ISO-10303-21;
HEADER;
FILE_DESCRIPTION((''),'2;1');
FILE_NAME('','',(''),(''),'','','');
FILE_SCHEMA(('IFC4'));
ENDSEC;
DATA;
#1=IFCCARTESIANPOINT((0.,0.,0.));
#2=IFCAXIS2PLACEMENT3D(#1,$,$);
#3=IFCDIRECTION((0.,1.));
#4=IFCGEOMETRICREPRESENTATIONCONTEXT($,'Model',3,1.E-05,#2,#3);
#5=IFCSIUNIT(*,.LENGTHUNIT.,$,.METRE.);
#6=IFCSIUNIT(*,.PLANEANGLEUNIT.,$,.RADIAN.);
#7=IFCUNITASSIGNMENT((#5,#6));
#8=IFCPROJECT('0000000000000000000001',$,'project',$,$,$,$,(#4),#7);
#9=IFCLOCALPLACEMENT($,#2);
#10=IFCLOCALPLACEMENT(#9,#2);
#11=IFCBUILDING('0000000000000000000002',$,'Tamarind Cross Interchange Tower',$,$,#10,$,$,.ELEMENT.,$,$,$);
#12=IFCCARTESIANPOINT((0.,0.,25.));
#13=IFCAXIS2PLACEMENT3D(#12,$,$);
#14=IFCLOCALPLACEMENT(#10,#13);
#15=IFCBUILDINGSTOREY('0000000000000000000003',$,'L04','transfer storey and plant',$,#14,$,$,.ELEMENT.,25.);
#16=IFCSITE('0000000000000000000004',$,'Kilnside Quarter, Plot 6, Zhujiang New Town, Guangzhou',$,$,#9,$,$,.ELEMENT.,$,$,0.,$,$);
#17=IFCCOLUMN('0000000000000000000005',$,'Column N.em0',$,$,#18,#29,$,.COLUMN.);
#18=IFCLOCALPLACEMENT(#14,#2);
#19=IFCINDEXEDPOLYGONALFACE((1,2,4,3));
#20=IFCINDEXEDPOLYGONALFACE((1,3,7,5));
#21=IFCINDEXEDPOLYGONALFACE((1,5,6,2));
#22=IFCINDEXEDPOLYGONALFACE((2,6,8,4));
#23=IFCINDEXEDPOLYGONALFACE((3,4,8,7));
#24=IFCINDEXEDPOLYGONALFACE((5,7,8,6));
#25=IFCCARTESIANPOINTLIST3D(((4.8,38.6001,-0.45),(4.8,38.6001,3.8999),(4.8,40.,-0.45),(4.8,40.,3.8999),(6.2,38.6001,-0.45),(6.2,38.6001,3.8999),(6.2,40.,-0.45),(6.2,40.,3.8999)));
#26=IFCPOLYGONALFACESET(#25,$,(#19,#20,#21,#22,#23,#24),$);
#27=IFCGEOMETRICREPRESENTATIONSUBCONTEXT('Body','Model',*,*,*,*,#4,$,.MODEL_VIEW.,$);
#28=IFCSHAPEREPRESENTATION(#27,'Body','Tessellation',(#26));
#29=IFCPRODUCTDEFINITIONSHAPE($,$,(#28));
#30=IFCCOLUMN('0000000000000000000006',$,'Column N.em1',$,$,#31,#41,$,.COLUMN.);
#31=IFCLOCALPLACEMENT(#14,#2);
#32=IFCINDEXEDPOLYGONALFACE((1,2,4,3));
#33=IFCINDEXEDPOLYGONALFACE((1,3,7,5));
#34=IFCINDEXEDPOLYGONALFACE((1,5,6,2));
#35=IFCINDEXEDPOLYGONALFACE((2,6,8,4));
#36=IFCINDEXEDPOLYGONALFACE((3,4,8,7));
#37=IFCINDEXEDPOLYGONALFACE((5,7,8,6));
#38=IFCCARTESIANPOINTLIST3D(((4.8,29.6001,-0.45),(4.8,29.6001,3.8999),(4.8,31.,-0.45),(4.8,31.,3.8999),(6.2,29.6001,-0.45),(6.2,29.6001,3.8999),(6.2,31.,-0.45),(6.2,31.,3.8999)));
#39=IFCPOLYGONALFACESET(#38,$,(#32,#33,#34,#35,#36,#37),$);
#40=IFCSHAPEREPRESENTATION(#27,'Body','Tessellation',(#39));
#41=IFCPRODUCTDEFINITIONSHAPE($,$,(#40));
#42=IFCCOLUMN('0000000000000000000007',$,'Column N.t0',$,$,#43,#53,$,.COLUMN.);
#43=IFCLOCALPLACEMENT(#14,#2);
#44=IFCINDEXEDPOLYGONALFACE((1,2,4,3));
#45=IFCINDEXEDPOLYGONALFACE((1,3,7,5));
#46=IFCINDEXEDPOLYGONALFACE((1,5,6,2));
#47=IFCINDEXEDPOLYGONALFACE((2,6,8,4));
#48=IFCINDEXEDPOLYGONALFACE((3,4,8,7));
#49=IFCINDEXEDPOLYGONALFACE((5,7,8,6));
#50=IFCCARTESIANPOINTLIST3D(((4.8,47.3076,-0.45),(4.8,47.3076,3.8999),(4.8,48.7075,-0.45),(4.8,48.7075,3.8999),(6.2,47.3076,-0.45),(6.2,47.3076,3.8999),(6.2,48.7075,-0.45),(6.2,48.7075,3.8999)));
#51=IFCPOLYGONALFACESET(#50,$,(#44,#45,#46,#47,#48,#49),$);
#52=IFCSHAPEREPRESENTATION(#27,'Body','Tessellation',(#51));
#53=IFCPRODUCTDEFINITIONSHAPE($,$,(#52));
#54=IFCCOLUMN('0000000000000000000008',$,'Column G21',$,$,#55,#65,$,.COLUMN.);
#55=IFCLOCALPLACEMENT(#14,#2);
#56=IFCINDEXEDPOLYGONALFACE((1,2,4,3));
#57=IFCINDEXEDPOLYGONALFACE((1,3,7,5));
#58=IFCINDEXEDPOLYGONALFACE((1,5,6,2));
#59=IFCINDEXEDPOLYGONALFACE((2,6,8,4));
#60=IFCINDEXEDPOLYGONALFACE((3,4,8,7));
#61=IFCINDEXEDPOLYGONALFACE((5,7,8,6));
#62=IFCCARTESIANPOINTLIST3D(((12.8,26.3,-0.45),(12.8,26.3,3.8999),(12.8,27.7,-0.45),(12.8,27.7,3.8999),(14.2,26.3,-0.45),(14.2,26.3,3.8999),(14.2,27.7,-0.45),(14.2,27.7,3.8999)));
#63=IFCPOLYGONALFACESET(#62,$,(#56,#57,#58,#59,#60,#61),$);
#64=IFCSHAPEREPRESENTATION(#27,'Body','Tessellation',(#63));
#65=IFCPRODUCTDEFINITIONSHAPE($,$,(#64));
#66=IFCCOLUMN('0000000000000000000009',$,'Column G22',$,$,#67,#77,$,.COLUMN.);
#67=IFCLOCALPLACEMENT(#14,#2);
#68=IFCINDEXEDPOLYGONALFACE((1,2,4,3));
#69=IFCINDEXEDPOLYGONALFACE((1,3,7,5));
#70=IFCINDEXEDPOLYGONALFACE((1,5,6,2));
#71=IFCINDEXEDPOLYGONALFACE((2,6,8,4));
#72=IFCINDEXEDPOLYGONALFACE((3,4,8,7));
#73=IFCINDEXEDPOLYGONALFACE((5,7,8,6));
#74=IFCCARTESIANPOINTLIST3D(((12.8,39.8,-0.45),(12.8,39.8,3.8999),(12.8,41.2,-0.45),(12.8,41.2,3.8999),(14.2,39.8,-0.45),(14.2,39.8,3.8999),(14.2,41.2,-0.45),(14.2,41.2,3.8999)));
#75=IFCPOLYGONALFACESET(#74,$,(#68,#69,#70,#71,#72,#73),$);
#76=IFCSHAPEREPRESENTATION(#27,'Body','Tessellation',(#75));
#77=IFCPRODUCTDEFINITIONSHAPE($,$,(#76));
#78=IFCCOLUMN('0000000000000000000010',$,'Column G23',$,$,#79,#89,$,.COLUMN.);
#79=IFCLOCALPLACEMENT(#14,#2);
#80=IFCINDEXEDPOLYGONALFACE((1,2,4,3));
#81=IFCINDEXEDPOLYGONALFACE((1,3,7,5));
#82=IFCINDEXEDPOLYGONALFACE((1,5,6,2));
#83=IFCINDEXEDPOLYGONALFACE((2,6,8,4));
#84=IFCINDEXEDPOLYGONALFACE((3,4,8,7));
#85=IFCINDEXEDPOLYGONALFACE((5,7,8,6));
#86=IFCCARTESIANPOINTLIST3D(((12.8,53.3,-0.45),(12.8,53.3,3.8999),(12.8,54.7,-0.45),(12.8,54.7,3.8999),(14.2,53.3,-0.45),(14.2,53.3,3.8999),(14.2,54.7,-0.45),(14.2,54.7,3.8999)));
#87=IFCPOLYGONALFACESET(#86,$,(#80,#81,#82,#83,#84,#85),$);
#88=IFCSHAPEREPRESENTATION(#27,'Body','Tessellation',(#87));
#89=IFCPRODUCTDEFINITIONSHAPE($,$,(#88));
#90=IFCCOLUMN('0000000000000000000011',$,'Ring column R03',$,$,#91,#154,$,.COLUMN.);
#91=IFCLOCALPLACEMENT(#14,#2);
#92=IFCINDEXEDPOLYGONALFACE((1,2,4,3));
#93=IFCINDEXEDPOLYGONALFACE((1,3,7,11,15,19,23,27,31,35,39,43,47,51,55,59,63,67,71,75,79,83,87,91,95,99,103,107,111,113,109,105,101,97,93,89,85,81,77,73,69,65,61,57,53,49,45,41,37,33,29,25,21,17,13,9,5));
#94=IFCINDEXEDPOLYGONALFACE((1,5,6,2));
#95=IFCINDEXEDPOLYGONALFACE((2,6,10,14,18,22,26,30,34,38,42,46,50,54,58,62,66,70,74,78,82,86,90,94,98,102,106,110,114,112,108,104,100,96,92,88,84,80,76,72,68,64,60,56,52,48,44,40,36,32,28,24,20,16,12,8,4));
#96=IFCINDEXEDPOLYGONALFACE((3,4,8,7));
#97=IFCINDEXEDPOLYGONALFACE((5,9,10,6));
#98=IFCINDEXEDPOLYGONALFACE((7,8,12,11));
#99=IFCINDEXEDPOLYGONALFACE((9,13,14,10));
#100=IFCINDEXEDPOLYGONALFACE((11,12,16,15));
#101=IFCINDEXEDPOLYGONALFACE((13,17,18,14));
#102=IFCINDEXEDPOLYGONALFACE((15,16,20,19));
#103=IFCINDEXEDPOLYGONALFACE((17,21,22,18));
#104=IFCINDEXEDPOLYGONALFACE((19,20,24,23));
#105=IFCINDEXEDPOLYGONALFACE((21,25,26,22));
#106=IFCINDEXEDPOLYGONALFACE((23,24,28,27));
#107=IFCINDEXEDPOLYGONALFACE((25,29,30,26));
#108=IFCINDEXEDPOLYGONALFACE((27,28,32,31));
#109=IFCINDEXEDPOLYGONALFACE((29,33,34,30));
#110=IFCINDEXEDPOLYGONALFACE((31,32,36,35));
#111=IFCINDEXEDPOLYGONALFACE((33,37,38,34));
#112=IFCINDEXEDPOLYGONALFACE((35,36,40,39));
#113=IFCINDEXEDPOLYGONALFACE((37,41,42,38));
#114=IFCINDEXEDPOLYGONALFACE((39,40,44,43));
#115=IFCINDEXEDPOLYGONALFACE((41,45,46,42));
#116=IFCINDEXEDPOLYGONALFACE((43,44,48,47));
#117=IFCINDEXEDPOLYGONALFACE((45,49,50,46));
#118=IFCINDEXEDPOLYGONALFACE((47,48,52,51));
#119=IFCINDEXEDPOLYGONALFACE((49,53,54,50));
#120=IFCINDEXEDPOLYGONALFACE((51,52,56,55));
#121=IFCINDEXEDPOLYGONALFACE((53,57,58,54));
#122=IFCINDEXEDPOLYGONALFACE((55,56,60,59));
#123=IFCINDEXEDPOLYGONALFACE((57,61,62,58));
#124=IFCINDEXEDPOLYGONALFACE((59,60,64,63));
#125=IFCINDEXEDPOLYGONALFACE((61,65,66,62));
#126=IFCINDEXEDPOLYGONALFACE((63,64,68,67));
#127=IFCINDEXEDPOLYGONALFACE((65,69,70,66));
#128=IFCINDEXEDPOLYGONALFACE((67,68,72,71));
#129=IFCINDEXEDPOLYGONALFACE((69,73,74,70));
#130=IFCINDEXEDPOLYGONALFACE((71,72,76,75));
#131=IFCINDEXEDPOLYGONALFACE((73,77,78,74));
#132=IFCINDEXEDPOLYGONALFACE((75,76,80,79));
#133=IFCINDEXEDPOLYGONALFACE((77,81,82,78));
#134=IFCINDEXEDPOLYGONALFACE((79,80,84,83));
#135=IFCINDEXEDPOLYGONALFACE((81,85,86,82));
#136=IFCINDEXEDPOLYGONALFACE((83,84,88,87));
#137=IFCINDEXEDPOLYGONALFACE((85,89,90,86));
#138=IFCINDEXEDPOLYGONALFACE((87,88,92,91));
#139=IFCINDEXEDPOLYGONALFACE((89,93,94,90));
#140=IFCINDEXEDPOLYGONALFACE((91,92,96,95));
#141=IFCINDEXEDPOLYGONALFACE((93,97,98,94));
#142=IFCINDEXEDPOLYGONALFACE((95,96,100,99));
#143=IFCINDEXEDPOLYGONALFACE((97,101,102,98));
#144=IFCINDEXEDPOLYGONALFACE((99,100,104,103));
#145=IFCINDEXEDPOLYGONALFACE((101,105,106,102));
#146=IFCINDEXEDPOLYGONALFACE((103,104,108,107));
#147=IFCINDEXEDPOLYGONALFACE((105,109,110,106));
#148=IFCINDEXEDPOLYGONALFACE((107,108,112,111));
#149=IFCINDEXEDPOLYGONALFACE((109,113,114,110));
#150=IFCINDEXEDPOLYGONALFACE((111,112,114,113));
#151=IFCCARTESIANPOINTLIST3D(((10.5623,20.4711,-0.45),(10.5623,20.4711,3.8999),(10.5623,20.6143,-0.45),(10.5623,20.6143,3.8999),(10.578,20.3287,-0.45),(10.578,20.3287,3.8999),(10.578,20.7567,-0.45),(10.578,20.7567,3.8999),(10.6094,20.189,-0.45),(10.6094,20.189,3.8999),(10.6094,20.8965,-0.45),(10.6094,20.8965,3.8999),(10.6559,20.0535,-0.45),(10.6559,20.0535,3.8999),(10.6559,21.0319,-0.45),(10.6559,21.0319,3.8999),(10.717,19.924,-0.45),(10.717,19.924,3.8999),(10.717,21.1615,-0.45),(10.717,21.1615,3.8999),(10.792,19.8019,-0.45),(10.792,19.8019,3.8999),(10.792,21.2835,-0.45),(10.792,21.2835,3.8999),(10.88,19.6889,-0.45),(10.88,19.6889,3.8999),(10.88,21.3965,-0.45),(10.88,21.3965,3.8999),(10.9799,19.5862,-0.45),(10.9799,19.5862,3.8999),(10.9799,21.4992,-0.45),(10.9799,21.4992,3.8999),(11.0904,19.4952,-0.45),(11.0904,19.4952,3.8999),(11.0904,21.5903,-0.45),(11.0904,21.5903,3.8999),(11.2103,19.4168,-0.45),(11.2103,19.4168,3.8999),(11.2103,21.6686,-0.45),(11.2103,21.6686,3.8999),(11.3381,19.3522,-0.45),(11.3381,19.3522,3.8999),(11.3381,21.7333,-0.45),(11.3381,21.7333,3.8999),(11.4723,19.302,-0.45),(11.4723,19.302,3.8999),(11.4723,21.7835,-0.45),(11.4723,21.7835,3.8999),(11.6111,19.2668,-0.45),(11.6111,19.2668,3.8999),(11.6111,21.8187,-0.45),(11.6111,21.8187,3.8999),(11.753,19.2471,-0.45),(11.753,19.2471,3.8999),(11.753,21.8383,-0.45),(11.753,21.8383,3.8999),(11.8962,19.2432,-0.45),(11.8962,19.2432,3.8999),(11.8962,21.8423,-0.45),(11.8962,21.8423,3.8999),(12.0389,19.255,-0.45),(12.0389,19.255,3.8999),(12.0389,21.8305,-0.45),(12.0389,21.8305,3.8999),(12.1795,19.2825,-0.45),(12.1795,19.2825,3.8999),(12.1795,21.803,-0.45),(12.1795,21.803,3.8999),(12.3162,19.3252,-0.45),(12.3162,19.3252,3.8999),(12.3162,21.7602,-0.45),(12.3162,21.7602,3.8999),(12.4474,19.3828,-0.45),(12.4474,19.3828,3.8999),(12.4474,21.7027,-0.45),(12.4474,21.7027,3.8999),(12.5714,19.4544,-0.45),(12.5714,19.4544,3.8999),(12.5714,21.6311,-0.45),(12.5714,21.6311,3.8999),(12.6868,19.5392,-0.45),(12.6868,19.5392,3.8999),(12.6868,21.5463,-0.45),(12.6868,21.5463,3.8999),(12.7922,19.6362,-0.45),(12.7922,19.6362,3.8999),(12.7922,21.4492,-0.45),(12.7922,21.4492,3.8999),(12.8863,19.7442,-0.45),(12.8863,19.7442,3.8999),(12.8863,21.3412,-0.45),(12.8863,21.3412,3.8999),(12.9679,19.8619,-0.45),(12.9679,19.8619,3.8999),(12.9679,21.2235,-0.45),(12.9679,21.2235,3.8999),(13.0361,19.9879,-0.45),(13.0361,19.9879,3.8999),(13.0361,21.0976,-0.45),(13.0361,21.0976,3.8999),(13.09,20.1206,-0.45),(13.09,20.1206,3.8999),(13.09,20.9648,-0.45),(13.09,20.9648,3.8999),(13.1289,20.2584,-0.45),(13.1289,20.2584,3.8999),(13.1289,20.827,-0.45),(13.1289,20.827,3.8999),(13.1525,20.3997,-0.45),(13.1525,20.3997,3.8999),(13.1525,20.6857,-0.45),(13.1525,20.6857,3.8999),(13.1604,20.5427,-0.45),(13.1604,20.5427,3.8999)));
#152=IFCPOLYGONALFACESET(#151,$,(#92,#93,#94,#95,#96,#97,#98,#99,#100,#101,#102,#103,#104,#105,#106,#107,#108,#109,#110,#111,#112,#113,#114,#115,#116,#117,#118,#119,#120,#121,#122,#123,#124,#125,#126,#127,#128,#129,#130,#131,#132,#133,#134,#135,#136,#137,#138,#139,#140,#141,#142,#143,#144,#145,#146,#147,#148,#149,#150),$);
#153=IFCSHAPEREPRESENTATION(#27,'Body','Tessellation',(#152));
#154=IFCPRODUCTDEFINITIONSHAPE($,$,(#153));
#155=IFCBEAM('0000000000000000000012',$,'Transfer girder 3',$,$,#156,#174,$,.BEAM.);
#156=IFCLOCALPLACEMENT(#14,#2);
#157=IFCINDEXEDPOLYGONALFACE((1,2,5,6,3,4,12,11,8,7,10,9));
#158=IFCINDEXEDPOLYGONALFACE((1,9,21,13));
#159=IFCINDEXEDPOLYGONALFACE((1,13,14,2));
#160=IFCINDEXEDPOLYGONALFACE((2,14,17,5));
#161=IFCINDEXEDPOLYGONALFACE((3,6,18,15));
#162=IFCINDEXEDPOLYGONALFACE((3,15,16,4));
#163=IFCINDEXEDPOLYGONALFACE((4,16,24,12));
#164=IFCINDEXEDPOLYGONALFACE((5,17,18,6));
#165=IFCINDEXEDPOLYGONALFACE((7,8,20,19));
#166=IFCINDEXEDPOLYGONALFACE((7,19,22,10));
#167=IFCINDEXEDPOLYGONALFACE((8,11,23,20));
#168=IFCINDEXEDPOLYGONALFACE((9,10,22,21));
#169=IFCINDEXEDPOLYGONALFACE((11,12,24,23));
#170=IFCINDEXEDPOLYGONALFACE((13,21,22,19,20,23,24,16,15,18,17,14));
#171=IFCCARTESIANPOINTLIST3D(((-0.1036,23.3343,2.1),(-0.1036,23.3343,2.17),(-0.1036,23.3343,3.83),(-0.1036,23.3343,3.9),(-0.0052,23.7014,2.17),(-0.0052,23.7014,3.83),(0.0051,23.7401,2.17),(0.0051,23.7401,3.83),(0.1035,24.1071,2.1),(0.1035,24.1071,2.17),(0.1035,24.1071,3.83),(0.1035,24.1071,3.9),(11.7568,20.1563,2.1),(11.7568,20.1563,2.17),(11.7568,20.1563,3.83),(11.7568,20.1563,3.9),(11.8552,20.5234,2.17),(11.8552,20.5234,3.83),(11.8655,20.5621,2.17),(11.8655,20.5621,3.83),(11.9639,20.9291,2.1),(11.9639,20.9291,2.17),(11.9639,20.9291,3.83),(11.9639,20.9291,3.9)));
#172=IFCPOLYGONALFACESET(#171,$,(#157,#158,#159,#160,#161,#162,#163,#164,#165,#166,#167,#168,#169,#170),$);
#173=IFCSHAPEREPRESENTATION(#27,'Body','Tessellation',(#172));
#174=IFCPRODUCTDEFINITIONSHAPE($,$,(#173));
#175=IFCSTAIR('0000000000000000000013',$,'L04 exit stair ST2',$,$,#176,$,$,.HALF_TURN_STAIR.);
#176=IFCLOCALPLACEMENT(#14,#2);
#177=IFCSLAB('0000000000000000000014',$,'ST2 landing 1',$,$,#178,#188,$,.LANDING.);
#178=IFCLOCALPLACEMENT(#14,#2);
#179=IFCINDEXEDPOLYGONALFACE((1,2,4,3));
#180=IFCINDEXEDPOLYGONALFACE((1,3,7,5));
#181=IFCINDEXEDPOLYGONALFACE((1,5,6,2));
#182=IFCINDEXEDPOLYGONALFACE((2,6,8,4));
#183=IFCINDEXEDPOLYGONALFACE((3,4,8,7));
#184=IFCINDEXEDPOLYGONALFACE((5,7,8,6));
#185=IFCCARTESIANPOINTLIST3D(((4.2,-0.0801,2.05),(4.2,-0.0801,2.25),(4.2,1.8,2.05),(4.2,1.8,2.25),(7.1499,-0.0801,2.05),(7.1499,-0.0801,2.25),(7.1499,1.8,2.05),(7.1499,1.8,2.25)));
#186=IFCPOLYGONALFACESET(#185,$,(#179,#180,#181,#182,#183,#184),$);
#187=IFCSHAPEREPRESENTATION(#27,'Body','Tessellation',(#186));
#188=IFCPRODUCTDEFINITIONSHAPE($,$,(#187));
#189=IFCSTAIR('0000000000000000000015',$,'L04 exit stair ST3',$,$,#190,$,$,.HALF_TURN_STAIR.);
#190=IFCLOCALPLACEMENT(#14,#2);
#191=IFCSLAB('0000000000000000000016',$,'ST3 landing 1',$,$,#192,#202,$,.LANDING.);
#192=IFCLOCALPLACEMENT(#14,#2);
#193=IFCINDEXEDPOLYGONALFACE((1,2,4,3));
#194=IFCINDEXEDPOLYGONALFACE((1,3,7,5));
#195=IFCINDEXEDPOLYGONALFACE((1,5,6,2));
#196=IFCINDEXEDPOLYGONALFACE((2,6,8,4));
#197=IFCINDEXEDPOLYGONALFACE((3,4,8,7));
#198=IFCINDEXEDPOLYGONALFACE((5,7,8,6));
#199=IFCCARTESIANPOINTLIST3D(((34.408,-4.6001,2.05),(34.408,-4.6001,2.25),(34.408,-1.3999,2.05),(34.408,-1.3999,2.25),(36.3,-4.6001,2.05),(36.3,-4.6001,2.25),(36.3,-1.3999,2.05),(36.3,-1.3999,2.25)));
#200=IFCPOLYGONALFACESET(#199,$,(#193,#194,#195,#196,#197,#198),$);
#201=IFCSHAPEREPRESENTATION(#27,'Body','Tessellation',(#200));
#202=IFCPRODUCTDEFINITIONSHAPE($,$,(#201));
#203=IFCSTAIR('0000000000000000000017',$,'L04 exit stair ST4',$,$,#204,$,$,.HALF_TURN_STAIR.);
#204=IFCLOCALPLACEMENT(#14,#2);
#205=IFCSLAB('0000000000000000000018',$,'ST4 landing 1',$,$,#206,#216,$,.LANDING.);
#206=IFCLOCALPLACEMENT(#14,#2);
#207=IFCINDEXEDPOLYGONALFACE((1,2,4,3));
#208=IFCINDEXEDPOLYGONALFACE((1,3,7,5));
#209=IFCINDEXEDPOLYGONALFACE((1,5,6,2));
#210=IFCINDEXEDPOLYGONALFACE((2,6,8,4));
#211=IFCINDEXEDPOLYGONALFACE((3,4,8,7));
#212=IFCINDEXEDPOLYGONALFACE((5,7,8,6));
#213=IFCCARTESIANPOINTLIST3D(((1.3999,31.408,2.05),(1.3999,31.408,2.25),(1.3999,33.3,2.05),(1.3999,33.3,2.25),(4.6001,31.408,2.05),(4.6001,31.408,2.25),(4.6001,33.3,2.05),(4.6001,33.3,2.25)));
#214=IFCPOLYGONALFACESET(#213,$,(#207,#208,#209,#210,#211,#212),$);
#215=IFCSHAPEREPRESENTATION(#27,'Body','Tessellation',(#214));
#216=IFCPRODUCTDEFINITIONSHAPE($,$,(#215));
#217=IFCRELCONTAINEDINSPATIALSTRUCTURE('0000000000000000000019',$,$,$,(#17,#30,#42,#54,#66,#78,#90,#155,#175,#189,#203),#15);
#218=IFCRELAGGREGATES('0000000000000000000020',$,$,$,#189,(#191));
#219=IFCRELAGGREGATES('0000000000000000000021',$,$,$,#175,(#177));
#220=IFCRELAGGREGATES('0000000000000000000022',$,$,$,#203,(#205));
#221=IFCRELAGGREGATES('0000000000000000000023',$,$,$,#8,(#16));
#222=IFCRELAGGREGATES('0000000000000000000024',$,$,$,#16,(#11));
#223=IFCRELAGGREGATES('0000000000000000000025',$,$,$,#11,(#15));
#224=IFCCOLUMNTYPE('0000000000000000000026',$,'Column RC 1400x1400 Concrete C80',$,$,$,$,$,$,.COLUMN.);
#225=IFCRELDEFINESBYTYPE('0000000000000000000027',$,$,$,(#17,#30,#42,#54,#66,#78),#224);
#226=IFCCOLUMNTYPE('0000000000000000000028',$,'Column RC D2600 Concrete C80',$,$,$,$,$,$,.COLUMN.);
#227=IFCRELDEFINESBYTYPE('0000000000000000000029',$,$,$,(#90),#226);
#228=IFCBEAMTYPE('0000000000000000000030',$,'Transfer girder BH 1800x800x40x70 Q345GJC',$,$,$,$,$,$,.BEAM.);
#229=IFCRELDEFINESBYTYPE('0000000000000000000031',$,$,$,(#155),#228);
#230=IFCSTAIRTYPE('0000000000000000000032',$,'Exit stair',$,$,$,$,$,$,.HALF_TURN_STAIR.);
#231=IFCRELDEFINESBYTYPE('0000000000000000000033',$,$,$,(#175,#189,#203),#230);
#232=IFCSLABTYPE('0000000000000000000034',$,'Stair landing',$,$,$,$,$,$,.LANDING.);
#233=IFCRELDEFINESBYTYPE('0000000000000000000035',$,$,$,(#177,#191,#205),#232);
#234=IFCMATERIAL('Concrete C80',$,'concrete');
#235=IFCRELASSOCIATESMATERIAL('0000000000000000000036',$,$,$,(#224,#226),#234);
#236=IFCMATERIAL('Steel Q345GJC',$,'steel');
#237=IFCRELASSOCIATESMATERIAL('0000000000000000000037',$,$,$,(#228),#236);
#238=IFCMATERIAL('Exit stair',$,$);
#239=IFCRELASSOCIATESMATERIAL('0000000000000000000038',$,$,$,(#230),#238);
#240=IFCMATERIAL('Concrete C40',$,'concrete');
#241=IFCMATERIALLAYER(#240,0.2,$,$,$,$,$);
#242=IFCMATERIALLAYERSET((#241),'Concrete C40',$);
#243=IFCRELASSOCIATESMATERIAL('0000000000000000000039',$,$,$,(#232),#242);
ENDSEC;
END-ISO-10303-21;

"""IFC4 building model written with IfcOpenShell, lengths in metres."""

from ifc_helpers import new_model, si_unit, direction, frame, origin, origin_2d, place, context, subcontext, project, spatial, polyline, rectangle, circle, i_section, outline, extrude, material, layer, layer_set, material_profile, profile_set, type_object, element, aggregate, save


model = new_model("IFC4")

# Units and contexts
model_context = context("Model", 3, precision=1e-05, world=origin(), true_north=direction((0.0, 1.0)))
body_context = subcontext(model_context, "Body", "Model", "MODEL_VIEW")
ifc_project = project(units=[si_unit("LENGTHUNIT", "METRE"), si_unit("PLANEANGLEUNIT", "RADIAN")], contexts=[model_context])

# Site, building, storey
site_placement = place(None, origin())
site = spatial("IfcSite", under=ifc_project, at=site_placement, Name="Kilnside Quarter, Plot 6, Zhujiang New Town, Guangzhou", CompositionType="ELEMENT", RefElevation=0.0)
building_placement = place(site_placement, origin())
building = spatial("IfcBuilding", under=site, at=building_placement, Name="Tamarind Cross Interchange Tower", CompositionType="ELEMENT")
storey_placement = place(building_placement, frame((0.0, 0.0, 25.0)))
storey = spatial("IfcBuildingStorey", under=building, at=storey_placement, Name="L04", Description="transfer storey and plant", CompositionType="ELEMENT", Elevation=25.0)

# Columns
ifc_material_1 = material(Name="Concrete C80", Category="concrete")
ifc_material_profile_1 = material_profile(ifc_material_1, rectangle(XDim=1.3999, YDim=1.3999, at=origin_2d()), Name="RC 1400x1400")
ifc_profile_set_1 = profile_set([ifc_material_profile_1], Name="Concrete C80")
column_type_1 = type_object("IfcColumnType", Name="Column RC 1400x1400 Concrete C80", PredefinedType="COLUMN", material=ifc_profile_set_1)
for number, where, z_axis, x_axis, name in (
    (1, (5.5, 39.3, -0.45), (0.0, 0.0, 1.0), (1.0, 0.0, 0.0), "Column N.em0"),
    (2, (5.5, 30.3, -0.45), (0.0, 0.0, 1.0), (1.0, 0.0, 0.0), "Column N.em1"),
    (3, (5.5, 48.0076, -0.45), (0.0, 0.0, 1.0), (1.0, 0.0, 0.0), "Column N.t0"),
    (4, (13.5, 27.0, -0.45), (0.0, 0.0, 1.0), (1.0, 0.0, 0.0), "Column G21"),
    (5, (13.5, 40.5, -0.45), (0.0, 0.0, 1.0), (1.0, 0.0, 0.0), "Column G22"),
    (6, (13.5, 54.0, -0.45), (0.0, 0.0, 1.0), (1.0, 0.0, 0.0), "Column G23"),
):
    element("IfcColumn", number, at=place(storey_placement, frame(where, z_axis=z_axis, x_axis=x_axis)), inside=storey, type_object=column_type_1, Name=name, PredefinedType="COLUMN", context=body_context, shape_type="SweptSolid", body=[
        extrude(rectangle(XDim=1.3999, YDim=1.3999, at=origin_2d()), origin(), (0.0, 0.0, 1.0), 4.3499),
    ])
ifc_material_profile_2 = material_profile(ifc_material_1, circle(Radius=1.3, at=origin_2d()), Name="RC D2600")
ifc_profile_set_2 = profile_set([ifc_material_profile_2], Name="Concrete C80")
column_type_2 = type_object("IfcColumnType", Name="Column RC D2600 Concrete C80", PredefinedType="COLUMN", material=ifc_profile_set_2)
column_placement = place(storey_placement, frame((11.8604, 20.5427, -0.45), z_axis=(0.0, 0.0, 1.0), x_axis=(1.0, 0.0, 0.0)))
element("IfcColumn", 7, at=column_placement, inside=storey, type_object=column_type_2, Name="Ring column R03", PredefinedType="COLUMN", context=body_context, shape_type="SweptSolid", body=[
    extrude(circle(Radius=1.3, at=origin_2d()), origin(), (0.0, 0.0, 1.0), 4.3499),
])

# Beam
ifc_material_2 = material(Name="Steel Q345GJC", Category="steel")
ifc_material_profile_3 = material_profile(ifc_material_2, i_section(OverallWidth=0.8, OverallDepth=1.8, WebThickness=0.04, FlangeThickness=0.0701, at=origin_2d()), Name="BH 1800x800x40x70")
ifc_profile_set_3 = profile_set([ifc_material_profile_3], Name="Steel Q345GJC")
beam_type = type_object("IfcBeamType", Name="Transfer girder BH 1800x800x40x70 Q345GJC", PredefinedType="BEAM", material=ifc_profile_set_3)
beam_placement = place(storey_placement, frame((11.8604, 20.5427, 3.0), z_axis=(-0.965926, 0.25882, 0.0), x_axis=(-0.25882, -0.965926, 0.0)))
element("IfcBeam", 8, at=beam_placement, inside=storey, type_object=beam_type, Name="Transfer girder 3", PredefinedType="BEAM", context=body_context, shape_type="SweptSolid", body=[
    extrude(i_section(OverallWidth=0.8, OverallDepth=1.8, WebThickness=0.04, FlangeThickness=0.0701, at=origin_2d()), origin(), (0.0, 0.0, 1.0), 12.2788),
])

# Stairs, slabs
ifc_material_3 = material(Name="Exit stair")
stair_type = type_object("IfcStairType", Name="Exit stair", PredefinedType="HALF_TURN_STAIR", material=ifc_material_3)
stair_1_placement = place(storey_placement, origin())
stair_1 = element("IfcStair", 9, at=stair_1_placement, inside=storey, type_object=stair_type, Name="L04 exit stair ST2", PredefinedType="HALF_TURN_STAIR")
ifc_material_4 = material(Name="Concrete C40", Category="concrete")
ifc_layer_1 = layer(ifc_material_4, 0.2)
ifc_layer_set_1 = layer_set([ifc_layer_1], Name="Concrete C40")
slab_type = type_object("IfcSlabType", Name="Stair landing", PredefinedType="LANDING", material=ifc_layer_set_1)
slab_1_placement = place(storey_placement, frame((0.0, 0.0, 2.05)))
slab_1 = element("IfcSlab", 10, at=slab_1_placement, type_object=slab_type, Name="ST2 landing 1", PredefinedType="LANDING", context=body_context, shape_type="SweptSolid", body=[
    extrude(outline(polyline([(7.1499, -0.0801), (7.1499, 1.8), (4.2, 1.8), (4.2, -0.0801), (7.1499, -0.0801)])), origin(), (0.0, 0.0, 1.0), 0.2),
])
stair_2_placement = place(storey_placement, origin())
stair_2 = element("IfcStair", 11, at=stair_2_placement, inside=storey, type_object=stair_type, Name="L04 exit stair ST3", PredefinedType="HALF_TURN_STAIR")
slab_2_placement = place(storey_placement, frame((0.0, 0.0, 2.05)))
slab_2 = element("IfcSlab", 12, at=slab_2_placement, type_object=slab_type, Name="ST3 landing 1", PredefinedType="LANDING", context=body_context, shape_type="SweptSolid", body=[
    extrude(outline(polyline([(34.408, -4.6001), (36.3, -4.6001), (36.3, -1.3999), (34.408, -1.3999), (34.408, -4.6001)])), origin(), (0.0, 0.0, 1.0), 0.2),
])
aggregate(stair_2, [slab_2])
stair_3_placement = place(storey_placement, origin())
stair_3 = element("IfcStair", 13, at=stair_3_placement, inside=storey, type_object=stair_type, Name="L04 exit stair ST4", PredefinedType="HALF_TURN_STAIR")
slab_3_placement = place(storey_placement, frame((0.0, 0.0, 2.05)))
slab_3 = element("IfcSlab", 14, at=slab_3_placement, type_object=slab_type, Name="ST4 landing 1", PredefinedType="LANDING", context=body_context, shape_type="SweptSolid", body=[
    extrude(outline(polyline([(4.6001, 31.408), (4.6001, 33.3), (1.3999, 33.3), (1.3999, 31.408), (4.6001, 31.408)])), origin(), (0.0, 0.0, 1.0), 0.2),
])

aggregate(stair_1, [slab_1])
aggregate(stair_3, [slab_3])

save(model, "model.ifc")
